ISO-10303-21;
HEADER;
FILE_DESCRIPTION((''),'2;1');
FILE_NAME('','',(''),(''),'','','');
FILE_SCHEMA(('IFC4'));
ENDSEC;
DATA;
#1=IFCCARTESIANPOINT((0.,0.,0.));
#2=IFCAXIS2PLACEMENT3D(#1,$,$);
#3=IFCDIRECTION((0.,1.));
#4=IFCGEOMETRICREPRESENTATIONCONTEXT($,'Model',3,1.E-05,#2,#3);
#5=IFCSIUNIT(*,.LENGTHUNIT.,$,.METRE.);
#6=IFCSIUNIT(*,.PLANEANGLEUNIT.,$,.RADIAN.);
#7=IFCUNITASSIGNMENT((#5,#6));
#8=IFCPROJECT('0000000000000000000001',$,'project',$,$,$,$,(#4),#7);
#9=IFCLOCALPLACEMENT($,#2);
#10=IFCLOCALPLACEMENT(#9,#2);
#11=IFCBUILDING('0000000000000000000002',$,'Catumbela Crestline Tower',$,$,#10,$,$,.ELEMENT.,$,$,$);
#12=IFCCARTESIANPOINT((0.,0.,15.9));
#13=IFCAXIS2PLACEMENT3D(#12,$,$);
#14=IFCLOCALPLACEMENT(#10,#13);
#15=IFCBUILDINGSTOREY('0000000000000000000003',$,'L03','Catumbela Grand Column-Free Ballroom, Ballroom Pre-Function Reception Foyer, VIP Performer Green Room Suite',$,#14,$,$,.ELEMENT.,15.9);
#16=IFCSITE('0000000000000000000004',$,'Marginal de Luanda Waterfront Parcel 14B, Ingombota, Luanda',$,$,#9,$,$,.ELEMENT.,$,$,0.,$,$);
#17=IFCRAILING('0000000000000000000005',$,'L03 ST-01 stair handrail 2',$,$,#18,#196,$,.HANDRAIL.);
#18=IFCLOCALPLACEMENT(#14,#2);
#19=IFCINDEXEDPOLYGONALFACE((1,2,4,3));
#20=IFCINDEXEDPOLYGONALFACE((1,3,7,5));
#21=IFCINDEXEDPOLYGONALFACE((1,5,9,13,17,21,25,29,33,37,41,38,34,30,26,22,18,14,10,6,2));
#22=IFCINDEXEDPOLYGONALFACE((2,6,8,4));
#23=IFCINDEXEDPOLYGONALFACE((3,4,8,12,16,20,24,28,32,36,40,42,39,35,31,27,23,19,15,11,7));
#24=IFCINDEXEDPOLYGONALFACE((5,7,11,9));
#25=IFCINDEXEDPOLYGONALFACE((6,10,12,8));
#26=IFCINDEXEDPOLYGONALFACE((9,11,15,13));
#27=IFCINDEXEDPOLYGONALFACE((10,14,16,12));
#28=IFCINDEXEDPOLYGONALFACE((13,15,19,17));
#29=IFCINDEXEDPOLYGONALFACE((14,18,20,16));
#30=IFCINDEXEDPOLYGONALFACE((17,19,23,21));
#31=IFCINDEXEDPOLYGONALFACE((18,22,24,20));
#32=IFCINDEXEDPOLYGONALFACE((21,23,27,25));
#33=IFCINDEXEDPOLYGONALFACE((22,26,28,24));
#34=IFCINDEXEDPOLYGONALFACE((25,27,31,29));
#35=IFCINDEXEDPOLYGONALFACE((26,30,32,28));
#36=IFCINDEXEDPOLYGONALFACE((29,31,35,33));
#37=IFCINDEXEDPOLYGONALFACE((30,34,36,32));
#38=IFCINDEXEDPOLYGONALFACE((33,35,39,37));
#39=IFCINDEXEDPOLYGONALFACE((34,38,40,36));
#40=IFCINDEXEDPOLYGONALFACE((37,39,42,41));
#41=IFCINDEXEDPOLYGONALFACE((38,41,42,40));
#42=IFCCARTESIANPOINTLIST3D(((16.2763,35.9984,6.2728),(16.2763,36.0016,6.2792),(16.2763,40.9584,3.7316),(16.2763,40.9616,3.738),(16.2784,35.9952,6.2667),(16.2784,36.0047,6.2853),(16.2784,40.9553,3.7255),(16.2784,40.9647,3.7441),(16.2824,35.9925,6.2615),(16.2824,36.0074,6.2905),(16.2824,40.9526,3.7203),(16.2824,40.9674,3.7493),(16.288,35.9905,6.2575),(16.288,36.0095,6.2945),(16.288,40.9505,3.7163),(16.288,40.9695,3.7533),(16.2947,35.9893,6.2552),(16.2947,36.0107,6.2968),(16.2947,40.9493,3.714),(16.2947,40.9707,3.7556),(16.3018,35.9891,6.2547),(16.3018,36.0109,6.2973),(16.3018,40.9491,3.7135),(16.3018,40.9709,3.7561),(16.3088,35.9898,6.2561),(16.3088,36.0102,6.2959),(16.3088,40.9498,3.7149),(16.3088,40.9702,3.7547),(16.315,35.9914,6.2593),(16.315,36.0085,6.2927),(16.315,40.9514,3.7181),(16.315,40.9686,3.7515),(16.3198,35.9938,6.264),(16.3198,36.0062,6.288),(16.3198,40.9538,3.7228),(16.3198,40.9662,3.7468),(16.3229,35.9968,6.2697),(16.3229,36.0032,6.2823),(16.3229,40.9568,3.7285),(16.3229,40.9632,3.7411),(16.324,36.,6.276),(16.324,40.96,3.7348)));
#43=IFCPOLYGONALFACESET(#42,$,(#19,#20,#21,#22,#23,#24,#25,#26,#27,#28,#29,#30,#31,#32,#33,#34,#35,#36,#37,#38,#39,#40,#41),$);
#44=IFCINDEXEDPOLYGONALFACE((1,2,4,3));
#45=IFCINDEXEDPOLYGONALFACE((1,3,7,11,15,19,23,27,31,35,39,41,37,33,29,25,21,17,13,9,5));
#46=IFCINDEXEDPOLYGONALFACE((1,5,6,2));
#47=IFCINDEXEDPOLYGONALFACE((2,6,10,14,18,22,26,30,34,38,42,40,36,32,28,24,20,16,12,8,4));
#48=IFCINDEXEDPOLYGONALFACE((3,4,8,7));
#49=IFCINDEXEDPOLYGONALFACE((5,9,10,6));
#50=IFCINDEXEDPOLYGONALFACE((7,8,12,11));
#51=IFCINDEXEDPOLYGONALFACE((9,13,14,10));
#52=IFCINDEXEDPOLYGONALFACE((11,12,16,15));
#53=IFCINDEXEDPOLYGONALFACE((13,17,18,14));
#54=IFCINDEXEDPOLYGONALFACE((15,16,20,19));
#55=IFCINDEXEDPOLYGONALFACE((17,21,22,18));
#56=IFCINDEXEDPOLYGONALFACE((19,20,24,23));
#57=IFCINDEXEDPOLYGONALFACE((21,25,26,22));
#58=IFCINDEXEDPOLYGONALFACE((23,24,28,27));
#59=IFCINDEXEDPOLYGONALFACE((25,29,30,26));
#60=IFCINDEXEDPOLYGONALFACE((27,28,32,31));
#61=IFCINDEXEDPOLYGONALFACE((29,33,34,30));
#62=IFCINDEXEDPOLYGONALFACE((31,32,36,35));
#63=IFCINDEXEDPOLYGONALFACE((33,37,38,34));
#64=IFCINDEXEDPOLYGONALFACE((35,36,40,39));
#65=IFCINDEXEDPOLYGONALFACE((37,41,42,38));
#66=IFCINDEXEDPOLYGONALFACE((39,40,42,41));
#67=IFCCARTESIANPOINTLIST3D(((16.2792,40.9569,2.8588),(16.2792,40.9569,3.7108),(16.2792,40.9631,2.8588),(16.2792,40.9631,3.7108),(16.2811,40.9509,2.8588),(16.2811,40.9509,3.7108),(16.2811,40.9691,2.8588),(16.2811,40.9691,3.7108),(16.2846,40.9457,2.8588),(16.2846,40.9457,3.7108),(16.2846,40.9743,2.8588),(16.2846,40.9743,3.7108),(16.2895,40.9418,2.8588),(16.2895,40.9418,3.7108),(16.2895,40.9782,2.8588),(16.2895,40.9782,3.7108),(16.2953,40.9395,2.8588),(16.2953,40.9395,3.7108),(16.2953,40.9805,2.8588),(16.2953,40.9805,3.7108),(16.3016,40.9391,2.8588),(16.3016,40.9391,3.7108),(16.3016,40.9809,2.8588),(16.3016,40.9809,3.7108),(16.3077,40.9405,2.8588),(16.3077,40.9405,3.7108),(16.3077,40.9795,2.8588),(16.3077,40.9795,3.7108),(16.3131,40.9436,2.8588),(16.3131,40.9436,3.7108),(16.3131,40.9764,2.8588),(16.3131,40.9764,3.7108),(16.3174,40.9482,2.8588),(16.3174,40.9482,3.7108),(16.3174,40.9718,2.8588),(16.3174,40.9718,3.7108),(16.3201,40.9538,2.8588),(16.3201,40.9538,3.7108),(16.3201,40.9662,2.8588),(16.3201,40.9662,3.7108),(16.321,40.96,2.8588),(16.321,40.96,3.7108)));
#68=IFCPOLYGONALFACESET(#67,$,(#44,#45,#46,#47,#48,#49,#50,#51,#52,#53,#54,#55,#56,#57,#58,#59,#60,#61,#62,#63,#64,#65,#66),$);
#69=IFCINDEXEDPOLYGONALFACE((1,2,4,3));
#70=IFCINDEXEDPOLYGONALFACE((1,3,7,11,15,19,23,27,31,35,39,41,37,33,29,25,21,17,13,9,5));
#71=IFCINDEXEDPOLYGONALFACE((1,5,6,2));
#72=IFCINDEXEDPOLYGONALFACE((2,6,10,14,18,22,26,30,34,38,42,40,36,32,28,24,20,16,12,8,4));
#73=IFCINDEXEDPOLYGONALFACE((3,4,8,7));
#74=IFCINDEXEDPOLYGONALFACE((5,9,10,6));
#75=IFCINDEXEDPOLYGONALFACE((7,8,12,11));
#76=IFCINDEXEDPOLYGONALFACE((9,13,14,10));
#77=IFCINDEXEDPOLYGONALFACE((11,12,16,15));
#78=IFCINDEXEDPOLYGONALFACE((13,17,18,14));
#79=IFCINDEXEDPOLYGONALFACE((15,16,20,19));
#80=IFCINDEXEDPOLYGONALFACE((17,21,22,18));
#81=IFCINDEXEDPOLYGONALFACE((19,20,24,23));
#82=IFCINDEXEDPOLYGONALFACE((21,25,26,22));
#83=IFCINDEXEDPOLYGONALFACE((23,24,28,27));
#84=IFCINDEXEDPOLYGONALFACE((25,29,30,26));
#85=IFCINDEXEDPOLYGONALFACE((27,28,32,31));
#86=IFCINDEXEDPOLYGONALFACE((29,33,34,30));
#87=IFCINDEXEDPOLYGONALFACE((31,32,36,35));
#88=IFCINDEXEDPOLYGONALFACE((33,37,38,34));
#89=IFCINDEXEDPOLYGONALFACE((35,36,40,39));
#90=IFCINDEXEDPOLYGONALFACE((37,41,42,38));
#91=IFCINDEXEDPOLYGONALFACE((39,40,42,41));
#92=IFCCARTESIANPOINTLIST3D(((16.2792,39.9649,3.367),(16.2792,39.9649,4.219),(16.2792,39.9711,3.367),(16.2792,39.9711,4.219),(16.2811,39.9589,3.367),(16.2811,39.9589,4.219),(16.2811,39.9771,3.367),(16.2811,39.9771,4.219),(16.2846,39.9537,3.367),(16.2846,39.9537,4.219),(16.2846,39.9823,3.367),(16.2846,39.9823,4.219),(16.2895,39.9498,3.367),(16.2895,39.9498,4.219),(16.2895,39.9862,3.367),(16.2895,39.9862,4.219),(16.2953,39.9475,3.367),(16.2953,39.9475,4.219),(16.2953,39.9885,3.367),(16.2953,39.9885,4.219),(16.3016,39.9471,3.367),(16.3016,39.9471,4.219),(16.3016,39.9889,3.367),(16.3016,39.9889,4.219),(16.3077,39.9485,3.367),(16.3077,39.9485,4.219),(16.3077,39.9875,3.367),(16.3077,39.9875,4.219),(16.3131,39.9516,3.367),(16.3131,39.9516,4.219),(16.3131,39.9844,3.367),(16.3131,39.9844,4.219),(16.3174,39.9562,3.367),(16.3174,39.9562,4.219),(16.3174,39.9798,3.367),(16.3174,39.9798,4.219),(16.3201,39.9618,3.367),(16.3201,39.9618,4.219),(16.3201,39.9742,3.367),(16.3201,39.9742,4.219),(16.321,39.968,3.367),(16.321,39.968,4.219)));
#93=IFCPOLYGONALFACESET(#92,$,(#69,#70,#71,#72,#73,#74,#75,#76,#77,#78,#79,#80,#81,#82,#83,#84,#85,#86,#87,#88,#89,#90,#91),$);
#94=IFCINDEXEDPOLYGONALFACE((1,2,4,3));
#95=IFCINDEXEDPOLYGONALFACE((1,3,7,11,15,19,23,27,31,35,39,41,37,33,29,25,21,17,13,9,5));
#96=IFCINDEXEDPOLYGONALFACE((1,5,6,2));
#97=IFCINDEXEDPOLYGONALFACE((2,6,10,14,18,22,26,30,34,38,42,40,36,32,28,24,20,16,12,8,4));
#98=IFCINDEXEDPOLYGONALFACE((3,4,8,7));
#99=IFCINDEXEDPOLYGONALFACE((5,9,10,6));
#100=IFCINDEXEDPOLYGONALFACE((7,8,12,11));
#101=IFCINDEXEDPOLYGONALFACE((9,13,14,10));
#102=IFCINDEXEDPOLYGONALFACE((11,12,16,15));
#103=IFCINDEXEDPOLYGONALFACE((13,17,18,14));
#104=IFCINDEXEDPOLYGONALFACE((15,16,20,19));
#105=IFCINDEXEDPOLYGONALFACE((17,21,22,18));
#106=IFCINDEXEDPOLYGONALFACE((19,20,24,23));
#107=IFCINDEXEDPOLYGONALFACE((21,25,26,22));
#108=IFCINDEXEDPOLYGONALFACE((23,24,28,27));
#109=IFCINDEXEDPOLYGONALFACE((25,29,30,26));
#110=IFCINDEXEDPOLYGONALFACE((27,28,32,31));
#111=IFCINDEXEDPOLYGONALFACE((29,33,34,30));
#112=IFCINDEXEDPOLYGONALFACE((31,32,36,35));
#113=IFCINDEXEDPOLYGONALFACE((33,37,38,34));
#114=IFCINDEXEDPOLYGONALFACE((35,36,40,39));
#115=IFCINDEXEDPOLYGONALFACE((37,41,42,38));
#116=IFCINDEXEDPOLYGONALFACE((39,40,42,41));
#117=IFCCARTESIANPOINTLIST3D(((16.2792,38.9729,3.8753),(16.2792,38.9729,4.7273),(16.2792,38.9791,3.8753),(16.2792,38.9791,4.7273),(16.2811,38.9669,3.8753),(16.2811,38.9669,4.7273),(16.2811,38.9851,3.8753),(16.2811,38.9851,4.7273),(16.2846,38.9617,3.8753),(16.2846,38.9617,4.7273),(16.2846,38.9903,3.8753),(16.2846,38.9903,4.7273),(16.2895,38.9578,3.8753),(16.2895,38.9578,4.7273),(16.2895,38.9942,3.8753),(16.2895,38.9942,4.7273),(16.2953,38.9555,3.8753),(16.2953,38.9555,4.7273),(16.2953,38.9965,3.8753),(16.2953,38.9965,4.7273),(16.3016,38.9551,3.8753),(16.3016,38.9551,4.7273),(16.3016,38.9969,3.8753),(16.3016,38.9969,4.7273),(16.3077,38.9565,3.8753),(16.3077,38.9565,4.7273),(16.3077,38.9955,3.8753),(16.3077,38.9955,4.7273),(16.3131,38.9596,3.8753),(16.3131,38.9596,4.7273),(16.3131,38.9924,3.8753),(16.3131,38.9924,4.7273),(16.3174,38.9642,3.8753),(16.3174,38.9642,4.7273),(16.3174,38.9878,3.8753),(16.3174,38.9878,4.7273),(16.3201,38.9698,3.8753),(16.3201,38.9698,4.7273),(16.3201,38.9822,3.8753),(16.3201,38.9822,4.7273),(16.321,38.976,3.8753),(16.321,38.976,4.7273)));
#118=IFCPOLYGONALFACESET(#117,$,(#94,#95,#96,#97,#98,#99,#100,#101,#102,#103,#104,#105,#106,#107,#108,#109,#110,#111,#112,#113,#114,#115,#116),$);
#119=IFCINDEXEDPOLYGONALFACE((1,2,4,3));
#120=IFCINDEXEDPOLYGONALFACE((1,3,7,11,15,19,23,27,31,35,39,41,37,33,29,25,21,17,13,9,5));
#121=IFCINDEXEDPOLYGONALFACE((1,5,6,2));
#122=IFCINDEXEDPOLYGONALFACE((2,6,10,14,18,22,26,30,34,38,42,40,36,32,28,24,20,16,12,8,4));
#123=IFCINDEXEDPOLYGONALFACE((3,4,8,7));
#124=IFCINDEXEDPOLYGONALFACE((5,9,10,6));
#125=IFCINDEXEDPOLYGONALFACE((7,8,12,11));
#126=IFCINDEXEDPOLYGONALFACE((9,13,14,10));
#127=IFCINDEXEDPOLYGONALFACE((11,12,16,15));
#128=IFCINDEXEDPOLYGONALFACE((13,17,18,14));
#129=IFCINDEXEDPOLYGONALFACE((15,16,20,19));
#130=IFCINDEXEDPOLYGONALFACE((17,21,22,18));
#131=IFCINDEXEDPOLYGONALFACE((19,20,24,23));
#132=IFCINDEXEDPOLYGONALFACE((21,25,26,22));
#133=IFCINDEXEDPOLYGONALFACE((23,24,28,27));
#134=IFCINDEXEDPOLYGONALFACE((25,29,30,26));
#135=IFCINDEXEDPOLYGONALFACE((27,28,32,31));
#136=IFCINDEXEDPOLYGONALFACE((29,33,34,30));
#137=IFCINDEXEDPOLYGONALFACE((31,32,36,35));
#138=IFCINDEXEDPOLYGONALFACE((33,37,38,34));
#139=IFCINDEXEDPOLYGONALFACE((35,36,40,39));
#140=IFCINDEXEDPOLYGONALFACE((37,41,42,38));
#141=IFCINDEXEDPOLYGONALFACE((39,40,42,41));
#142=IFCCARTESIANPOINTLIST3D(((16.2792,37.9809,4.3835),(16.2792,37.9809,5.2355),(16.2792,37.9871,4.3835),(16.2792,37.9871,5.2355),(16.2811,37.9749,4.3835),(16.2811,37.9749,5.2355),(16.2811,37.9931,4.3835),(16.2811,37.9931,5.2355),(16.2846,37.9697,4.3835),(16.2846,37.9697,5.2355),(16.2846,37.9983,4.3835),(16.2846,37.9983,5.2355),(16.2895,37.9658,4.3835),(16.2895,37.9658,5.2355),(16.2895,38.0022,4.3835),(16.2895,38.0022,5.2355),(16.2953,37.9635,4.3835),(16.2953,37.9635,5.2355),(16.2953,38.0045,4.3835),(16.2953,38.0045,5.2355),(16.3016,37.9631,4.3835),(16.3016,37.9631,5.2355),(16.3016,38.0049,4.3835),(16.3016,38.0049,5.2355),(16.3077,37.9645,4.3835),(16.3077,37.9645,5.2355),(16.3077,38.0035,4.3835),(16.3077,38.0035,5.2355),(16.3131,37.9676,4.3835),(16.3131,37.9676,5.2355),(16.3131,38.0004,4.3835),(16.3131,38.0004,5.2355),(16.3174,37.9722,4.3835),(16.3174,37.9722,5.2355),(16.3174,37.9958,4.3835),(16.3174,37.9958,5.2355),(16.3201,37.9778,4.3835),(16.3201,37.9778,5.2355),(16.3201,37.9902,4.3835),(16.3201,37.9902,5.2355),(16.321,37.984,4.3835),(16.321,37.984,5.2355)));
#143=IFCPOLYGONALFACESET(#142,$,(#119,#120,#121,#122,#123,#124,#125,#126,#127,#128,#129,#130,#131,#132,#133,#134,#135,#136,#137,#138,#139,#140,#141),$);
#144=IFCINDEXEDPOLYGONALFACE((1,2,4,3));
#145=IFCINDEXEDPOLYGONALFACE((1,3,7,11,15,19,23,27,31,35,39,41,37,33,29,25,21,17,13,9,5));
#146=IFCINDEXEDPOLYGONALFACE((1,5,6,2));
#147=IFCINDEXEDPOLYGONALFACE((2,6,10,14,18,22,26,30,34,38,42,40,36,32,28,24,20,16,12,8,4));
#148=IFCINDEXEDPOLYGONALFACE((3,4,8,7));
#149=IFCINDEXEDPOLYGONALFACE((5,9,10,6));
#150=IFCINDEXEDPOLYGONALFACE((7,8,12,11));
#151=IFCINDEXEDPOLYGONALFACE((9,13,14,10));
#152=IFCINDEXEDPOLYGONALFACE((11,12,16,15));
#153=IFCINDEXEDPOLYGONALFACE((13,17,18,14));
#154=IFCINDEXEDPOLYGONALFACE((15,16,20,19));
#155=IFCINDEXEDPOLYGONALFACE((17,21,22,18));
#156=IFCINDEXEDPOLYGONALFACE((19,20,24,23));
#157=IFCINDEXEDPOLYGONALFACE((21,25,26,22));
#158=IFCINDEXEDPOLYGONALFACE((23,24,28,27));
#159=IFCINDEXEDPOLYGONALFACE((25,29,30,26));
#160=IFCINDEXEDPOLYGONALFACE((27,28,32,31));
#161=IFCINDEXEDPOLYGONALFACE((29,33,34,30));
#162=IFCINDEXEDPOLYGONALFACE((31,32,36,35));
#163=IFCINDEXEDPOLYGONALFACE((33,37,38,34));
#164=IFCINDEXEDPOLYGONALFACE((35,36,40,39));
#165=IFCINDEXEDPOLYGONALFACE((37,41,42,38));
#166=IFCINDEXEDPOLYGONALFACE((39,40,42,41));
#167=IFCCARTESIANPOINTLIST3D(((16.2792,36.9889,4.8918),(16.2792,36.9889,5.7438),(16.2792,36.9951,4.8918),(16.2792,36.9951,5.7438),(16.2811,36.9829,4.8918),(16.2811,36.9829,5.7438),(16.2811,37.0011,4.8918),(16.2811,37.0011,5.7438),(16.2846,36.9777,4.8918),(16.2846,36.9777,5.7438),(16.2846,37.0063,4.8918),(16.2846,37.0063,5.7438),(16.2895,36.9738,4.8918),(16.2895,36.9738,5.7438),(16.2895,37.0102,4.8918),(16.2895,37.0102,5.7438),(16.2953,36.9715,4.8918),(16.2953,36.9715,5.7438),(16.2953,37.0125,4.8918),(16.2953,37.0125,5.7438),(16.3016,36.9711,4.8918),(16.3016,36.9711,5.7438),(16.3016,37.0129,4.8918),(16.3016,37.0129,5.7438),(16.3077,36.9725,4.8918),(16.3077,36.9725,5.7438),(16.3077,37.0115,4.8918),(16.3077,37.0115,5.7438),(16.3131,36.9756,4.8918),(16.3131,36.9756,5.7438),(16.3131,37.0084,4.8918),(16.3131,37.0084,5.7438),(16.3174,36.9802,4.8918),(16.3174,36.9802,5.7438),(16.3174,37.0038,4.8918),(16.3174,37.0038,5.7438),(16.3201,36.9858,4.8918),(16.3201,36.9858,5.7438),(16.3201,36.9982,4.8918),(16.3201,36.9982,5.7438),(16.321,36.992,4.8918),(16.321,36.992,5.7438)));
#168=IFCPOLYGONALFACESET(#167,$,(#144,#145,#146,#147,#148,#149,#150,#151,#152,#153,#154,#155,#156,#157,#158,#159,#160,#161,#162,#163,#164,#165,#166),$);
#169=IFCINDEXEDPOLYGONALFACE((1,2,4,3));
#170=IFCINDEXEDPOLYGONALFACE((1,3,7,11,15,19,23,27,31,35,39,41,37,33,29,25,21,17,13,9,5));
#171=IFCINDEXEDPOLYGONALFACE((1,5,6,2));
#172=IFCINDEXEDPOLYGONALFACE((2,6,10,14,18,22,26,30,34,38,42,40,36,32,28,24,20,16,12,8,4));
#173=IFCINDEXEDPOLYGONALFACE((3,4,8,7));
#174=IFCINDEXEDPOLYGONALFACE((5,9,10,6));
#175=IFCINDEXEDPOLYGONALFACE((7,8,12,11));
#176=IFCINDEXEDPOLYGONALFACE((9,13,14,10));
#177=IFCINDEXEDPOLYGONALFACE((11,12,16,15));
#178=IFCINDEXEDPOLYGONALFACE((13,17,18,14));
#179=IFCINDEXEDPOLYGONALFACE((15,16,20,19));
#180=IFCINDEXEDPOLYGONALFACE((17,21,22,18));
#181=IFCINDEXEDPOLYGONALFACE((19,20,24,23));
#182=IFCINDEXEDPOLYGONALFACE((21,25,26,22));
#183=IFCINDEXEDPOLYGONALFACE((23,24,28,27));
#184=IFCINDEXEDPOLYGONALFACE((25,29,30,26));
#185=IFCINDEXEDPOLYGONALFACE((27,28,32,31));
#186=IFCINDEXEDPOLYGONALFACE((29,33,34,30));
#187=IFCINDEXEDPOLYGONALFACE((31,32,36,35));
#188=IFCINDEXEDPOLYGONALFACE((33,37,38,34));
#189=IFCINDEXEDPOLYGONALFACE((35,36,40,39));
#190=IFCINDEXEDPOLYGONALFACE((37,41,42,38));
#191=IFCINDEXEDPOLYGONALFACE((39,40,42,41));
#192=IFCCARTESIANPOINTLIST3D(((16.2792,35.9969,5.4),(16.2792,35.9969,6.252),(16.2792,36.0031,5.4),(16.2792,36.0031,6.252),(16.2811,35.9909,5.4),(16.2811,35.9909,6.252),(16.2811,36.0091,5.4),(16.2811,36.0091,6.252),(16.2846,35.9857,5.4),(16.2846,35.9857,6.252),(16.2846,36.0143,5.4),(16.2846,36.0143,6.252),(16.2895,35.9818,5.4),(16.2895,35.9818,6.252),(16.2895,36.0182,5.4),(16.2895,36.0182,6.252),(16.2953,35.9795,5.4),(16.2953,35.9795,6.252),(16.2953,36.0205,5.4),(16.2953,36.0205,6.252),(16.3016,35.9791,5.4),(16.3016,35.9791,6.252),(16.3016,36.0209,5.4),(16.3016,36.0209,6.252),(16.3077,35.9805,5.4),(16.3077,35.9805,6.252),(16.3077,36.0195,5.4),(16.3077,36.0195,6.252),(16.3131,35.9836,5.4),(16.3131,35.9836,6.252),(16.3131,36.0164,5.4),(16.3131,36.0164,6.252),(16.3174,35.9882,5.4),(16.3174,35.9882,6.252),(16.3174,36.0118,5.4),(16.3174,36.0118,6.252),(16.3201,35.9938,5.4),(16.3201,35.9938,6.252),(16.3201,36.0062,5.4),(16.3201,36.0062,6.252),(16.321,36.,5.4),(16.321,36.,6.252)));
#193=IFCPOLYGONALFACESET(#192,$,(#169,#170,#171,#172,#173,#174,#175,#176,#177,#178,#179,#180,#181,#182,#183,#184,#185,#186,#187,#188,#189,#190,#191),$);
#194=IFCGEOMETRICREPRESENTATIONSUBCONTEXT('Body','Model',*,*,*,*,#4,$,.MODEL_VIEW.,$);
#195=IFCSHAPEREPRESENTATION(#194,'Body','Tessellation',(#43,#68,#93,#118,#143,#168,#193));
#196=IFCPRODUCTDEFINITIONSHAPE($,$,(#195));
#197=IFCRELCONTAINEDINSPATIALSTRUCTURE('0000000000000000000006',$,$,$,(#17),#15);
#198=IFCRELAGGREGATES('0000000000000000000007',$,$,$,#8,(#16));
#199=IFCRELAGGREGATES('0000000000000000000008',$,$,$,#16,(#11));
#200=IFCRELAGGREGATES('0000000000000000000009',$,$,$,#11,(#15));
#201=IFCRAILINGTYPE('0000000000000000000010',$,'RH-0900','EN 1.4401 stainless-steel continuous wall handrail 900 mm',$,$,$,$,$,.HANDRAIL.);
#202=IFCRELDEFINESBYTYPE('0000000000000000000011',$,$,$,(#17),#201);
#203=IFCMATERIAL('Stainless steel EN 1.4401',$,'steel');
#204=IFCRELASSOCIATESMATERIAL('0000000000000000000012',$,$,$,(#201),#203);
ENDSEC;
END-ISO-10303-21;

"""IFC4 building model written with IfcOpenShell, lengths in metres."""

from ifc_helpers import new_model, si_unit, direction, frame, origin, origin_2d, place, context, subcontext, project, spatial, circle, extrude, material, type_object, element, save


model = new_model("IFC4")

# Units and contexts
model_context = context("Model", 3, precision=1e-05, world=origin(), true_north=direction((0.0, 1.0)))
body_context = subcontext(model_context, "Body", "Model", "MODEL_VIEW")
ifc_project = project(units=[si_unit("LENGTHUNIT", "METRE"), si_unit("PLANEANGLEUNIT", "RADIAN")], contexts=[model_context])

# Site, building, storey
site_placement = place(None, origin())
site = spatial("IfcSite", under=ifc_project, at=site_placement, Name="Marginal de Luanda Waterfront Parcel 14B, Ingombota, Luanda", CompositionType="ELEMENT", RefElevation=0.0)
building_placement = place(site_placement, origin())
building = spatial("IfcBuilding", under=site, at=building_placement, Name="Catumbela Crestline Tower", CompositionType="ELEMENT")
storey_placement = place(building_placement, frame((0.0, 0.0, 15.9)))
storey = spatial("IfcBuildingStorey", under=building, at=storey_placement, Name="L03", Description="Catumbela Grand Column-Free Ballroom, Ballroom Pre-Function Reception Foyer, VIP Performer Green Room Suite", CompositionType="ELEMENT", Elevation=15.9)

# Shared definitions
ifc_material_1 = material(Name="Stainless steel EN 1.4401", Category="steel")

# Railing
railing_type_1 = type_object("IfcRailingType", Name="RH-0900", Description="EN 1.4401 stainless-steel continuous wall handrail 900 mm", PredefinedType="HANDRAIL", material=ifc_material_1)
railing_1_placement = place(storey_placement, frame((16.3, 40.96, 2.8588)))
element("IfcRailing", 1, at=railing_1_placement, inside=storey, type_object=railing_type_1, Name="L03 ST-01 stair handrail 2", PredefinedType="HANDRAIL", context=body_context, shape_type="SweptSolid", body=[
    extrude(circle(Radius=0.024, at=origin_2d()), frame((0.0, 0.0, 0.876), z_axis=(0.0, -0.889992, 0.455977), x_axis=(1.0, 0.0, 0.0)), (0.0, 0.0, 1.0), 5.5731),
    extrude(circle(Radius=0.021, at=origin_2d()), origin(), (0.0, 0.0, 1.0), 0.852),
    extrude(circle(Radius=0.021, at=origin_2d()), frame((0.0, -0.992, 0.5082)), (0.0, 0.0, 1.0), 0.852),
    extrude(circle(Radius=0.021, at=origin_2d()), frame((0.0, -1.984, 1.0165)), (0.0, 0.0, 1.0), 0.852),
    extrude(circle(Radius=0.021, at=origin_2d()), frame((0.0, -2.976, 1.5247)), (0.0, 0.0, 1.0), 0.852),
    extrude(circle(Radius=0.021, at=origin_2d()), frame((0.0, -3.968, 2.033)), (0.0, 0.0, 1.0), 0.852),
    extrude(circle(Radius=0.021, at=origin_2d()), frame((0.0, -4.96, 2.5412)), (0.0, 0.0, 1.0), 0.852),
])

save(model, "model.ifc")
